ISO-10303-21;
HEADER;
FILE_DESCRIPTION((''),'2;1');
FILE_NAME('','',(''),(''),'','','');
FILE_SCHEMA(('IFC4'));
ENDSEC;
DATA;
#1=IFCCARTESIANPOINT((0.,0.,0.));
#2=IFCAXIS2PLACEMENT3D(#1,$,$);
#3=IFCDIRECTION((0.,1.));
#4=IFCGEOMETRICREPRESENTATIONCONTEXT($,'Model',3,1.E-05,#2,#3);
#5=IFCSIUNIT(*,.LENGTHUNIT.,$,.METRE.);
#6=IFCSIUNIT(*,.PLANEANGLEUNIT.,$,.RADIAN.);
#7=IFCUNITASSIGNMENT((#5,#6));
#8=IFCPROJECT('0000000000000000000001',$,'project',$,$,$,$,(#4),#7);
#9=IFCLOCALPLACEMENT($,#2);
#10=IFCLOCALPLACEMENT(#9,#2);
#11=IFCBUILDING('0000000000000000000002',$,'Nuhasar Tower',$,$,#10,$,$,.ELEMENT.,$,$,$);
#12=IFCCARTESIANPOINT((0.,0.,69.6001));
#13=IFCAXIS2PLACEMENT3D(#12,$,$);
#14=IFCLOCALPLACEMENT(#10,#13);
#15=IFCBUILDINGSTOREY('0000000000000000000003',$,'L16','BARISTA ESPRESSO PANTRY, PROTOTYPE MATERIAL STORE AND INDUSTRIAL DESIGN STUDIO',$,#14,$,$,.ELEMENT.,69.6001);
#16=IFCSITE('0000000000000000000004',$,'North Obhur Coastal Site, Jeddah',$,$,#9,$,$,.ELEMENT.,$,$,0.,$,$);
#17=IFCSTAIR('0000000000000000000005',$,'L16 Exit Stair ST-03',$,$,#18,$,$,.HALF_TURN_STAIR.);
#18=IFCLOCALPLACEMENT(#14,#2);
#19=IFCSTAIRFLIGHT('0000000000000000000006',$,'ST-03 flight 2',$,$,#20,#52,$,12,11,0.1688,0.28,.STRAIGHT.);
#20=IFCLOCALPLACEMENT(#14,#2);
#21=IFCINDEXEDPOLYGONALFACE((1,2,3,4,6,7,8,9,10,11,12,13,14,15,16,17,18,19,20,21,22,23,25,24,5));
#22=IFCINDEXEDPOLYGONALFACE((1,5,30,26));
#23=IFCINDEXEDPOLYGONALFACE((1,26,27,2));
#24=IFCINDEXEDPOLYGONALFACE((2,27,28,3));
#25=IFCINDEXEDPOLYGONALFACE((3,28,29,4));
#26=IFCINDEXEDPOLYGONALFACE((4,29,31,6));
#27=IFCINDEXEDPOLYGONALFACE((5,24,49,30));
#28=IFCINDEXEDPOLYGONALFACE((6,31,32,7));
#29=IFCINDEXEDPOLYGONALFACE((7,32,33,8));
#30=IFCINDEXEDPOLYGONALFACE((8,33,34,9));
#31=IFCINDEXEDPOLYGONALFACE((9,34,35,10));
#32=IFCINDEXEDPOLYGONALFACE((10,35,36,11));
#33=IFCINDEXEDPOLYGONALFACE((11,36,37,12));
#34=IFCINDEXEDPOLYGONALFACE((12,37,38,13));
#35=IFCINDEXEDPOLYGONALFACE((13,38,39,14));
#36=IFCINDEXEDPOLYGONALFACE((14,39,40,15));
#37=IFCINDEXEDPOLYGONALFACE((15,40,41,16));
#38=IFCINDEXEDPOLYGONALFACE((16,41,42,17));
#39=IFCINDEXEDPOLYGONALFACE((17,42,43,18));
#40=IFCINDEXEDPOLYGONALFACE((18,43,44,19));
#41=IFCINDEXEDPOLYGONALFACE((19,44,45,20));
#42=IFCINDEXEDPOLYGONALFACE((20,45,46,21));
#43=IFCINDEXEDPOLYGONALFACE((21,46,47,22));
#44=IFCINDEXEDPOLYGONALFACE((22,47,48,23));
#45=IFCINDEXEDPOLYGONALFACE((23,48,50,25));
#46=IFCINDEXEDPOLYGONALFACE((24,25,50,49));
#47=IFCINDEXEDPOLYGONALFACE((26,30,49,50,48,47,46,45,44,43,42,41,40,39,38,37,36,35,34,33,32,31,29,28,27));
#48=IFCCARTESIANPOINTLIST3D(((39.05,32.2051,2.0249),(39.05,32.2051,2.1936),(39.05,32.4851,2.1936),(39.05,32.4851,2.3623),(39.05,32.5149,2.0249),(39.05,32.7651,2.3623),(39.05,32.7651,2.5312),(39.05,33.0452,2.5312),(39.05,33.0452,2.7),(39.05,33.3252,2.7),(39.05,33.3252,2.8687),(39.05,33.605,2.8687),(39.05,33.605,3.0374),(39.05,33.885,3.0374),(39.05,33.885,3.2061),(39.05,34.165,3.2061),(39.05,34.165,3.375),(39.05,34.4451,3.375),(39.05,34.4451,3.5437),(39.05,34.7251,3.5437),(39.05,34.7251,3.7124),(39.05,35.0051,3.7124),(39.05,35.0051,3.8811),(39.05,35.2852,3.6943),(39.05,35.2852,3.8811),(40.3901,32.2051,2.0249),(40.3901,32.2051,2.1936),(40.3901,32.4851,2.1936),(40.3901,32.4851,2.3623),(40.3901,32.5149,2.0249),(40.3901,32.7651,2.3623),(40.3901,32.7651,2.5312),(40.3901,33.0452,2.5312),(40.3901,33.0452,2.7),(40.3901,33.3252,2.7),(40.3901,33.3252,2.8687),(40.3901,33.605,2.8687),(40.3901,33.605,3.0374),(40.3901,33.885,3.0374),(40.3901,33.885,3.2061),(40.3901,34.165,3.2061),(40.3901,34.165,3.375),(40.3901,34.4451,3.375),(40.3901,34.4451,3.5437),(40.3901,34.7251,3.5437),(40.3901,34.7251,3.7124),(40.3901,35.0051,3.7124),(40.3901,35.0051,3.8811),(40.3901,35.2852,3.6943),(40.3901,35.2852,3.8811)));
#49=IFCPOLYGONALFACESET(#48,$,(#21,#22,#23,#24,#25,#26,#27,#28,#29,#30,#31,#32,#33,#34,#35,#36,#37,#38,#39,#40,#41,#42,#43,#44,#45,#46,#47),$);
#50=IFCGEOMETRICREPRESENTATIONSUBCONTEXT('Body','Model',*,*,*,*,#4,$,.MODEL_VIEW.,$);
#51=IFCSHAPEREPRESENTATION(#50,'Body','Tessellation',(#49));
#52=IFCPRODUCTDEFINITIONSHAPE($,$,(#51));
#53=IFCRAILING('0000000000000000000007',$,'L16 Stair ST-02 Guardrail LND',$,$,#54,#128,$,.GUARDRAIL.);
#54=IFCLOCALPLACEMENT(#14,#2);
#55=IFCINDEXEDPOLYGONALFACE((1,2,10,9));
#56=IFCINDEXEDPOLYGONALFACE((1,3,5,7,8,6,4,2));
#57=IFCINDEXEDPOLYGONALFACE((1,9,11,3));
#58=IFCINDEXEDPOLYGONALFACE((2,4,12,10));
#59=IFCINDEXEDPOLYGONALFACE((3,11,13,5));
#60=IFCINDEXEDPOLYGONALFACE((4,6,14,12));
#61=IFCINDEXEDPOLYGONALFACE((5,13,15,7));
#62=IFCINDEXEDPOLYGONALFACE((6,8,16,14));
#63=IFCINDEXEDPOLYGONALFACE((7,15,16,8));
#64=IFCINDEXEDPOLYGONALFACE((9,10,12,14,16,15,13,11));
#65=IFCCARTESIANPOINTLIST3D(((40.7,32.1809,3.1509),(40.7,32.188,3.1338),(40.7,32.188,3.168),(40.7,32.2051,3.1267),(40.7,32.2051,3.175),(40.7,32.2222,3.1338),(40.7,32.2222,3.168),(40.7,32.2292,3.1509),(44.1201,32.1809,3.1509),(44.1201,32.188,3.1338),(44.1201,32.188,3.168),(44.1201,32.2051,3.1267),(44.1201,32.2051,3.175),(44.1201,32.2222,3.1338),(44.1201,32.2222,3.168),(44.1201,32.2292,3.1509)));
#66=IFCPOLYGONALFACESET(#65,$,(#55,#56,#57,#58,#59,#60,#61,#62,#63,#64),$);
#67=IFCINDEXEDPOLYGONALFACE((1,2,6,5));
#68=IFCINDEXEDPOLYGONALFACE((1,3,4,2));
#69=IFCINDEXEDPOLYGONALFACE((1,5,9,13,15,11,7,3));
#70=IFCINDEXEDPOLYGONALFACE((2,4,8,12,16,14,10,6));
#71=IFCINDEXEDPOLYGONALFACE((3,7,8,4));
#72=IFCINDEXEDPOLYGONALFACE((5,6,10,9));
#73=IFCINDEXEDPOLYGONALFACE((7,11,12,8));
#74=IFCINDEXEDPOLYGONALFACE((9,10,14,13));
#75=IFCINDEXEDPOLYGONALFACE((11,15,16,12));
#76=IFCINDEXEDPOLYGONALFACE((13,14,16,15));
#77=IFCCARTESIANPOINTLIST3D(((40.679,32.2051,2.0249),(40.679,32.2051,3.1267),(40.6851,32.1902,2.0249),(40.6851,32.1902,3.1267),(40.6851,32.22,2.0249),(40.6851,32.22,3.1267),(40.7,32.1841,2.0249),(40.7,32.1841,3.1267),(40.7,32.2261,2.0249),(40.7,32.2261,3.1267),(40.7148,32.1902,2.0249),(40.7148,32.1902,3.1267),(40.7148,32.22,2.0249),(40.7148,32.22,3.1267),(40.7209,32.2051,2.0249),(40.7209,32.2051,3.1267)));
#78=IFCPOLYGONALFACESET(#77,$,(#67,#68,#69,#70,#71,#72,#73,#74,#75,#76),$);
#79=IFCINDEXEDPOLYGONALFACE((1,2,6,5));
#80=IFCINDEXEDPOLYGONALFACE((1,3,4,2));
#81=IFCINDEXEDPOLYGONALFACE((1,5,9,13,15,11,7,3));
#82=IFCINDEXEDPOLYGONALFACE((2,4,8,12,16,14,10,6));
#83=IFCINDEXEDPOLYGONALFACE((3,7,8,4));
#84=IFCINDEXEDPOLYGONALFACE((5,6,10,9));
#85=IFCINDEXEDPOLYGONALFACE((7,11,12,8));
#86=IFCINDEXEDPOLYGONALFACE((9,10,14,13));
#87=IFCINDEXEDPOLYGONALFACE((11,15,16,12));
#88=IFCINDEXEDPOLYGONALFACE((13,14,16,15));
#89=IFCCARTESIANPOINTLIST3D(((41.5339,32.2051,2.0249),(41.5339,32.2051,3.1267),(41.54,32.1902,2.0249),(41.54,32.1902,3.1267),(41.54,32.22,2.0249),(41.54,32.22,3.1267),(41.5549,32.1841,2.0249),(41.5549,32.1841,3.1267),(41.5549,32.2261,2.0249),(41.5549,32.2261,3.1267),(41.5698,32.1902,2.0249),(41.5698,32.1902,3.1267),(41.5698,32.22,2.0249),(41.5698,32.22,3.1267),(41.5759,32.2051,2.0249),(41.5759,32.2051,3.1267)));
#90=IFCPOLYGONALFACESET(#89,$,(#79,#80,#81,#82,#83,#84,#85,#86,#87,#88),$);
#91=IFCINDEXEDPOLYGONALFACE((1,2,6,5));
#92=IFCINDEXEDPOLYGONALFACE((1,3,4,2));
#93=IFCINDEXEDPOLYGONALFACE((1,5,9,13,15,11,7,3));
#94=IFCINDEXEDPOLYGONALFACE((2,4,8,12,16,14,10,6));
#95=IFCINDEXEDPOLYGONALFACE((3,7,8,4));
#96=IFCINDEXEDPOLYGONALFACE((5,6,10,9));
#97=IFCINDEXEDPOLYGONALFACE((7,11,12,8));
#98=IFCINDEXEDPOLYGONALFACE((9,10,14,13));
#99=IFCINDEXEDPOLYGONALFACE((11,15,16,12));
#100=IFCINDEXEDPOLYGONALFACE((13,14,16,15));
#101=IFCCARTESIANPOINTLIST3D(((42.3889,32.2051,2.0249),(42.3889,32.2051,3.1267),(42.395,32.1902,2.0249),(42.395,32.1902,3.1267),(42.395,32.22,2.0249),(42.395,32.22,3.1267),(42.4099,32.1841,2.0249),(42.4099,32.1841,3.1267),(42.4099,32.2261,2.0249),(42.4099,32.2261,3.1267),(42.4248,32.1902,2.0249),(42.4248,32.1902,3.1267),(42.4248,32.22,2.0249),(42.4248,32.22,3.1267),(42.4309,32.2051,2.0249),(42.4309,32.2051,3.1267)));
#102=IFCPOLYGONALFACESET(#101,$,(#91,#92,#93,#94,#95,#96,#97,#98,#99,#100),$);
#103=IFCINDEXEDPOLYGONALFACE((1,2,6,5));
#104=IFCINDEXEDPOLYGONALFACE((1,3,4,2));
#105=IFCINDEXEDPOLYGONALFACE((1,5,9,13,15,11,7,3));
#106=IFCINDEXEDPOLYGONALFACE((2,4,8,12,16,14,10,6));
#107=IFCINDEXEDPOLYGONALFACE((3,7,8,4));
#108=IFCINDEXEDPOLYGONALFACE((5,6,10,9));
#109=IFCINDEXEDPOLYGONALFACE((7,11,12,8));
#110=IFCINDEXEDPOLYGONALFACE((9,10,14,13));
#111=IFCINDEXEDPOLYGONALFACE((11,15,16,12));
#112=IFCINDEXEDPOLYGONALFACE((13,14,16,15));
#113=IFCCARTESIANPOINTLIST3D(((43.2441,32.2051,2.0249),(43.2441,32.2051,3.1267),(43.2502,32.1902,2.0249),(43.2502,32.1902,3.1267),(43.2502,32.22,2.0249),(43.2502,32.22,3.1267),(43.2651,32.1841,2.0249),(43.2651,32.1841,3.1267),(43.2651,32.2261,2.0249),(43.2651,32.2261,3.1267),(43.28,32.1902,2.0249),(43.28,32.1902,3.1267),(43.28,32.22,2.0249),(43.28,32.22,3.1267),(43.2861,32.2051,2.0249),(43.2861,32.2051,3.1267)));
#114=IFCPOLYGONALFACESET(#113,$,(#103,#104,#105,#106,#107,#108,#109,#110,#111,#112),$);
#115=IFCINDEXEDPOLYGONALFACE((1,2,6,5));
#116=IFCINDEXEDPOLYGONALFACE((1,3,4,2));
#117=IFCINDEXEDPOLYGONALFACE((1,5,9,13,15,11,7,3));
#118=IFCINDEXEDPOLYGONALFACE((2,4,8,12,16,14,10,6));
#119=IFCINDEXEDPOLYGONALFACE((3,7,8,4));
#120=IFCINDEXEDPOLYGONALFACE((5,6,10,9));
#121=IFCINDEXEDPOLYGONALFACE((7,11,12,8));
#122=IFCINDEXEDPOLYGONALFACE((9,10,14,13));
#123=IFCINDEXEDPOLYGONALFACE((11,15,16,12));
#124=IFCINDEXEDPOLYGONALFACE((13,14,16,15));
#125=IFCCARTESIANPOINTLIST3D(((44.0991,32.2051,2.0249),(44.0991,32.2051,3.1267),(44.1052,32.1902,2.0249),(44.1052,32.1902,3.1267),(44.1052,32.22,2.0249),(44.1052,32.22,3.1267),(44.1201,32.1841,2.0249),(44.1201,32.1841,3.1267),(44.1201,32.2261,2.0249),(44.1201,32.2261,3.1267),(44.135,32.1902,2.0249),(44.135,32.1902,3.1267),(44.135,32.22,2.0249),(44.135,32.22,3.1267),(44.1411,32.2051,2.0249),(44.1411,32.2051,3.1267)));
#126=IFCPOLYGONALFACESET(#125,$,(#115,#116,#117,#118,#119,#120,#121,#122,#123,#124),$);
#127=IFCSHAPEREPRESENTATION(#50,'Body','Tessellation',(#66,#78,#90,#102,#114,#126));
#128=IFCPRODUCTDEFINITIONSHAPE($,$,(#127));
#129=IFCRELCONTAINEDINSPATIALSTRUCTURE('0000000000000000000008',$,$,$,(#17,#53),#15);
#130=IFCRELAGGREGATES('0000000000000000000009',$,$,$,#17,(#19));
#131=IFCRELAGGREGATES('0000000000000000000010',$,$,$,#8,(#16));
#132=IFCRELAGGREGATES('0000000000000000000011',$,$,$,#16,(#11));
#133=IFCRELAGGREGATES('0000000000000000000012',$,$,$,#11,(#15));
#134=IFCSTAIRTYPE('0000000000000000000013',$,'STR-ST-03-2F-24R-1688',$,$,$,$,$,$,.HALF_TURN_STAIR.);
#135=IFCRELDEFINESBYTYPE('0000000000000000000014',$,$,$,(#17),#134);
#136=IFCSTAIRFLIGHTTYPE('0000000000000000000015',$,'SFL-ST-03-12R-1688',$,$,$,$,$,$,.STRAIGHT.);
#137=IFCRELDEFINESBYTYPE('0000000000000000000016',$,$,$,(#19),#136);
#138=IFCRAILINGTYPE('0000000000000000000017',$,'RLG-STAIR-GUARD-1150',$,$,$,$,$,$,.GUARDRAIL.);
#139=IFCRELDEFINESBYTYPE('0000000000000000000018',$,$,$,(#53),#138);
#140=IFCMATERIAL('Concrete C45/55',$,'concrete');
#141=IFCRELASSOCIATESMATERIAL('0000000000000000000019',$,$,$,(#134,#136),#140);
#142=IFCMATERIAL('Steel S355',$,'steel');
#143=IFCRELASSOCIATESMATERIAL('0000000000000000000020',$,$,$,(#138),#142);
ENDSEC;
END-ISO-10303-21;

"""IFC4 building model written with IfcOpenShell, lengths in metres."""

from ifc_helpers import new_model, si_unit, direction, frame, origin, place, context, subcontext, project, spatial, polyline, outline, extrude, material, type_object, element, aggregate, save


model = new_model("IFC4")

# Units and contexts
model_context = context("Model", 3, precision=1e-05, world=origin(), true_north=direction((0.0, 1.0)))
body_context = subcontext(model_context, "Body", "Model", "MODEL_VIEW")
ifc_project = project(units=[si_unit("LENGTHUNIT", "METRE"), si_unit("PLANEANGLEUNIT", "RADIAN")], contexts=[model_context])

# Site, building, storey
site_placement = place(None, origin())
site = spatial("IfcSite", under=ifc_project, at=site_placement, Name="North Obhur Coastal Site, Jeddah", CompositionType="ELEMENT", RefElevation=0.0)
building_placement = place(site_placement, origin())
building = spatial("IfcBuilding", under=site, at=building_placement, Name="Nuhasar Tower", CompositionType="ELEMENT")
storey_placement = place(building_placement, frame((0.0, 0.0, 69.6001)))
storey = spatial("IfcBuildingStorey", under=building, at=storey_placement, Name="L16", Description="BARISTA ESPRESSO PANTRY, PROTOTYPE MATERIAL STORE AND INDUSTRIAL DESIGN STUDIO", CompositionType="ELEMENT", Elevation=69.6001)

# Shared definitions
ifc_material_1 = material(Name="Steel S355", Category="steel")

# Shared definitions
ifc_material_2 = material(Name="Concrete C45/55", Category="concrete")

# Stair, stair flight
stair_type_1 = type_object("IfcStairType", Name="STR-ST-03-2F-24R-1688", PredefinedType="HALF_TURN_STAIR", material=ifc_material_2)
stair_1_placement = place(storey_placement, origin())
stair_1 = element("IfcStair", 1, at=stair_1_placement, inside=storey, type_object=stair_type_1, Name="L16 Exit Stair ST-03", PredefinedType="HALF_TURN_STAIR")
stair_flight_type_1 = type_object("IfcStairFlightType", Name="SFL-ST-03-12R-1688", PredefinedType="STRAIGHT", material=ifc_material_2)
stair_flight_1_placement = place(storey_placement, frame((39.72, 32.2051, 2.0249), z_axis=(0.0, 0.0, 1.0), x_axis=(0.0, 1.0, 0.0)))
stair_flight_1 = element("IfcStairFlight", 2, at=stair_flight_1_placement, type_object=stair_flight_type_1, Name="ST-03 flight 2", NumberOfRisers=12, NumberOfTreads=11, PredefinedType="STRAIGHT", RiserHeight=0.1688, TreadLength=0.28, context=body_context, shape_type="SweptSolid", body=[
    extrude(outline(polyline([(0.0, 0.0), (0.0, 0.1687), (0.28, 0.1687), (0.28, 0.3374), (0.5601, 0.3374), (0.5601, 0.5063), (0.8401, 0.5063), (0.8401, 0.675), (1.1201, 0.675), (1.1201, 0.8438), (1.3999, 0.8438), (1.3999, 1.0125), (1.6799, 1.0125), (1.6799, 1.1812), (1.96, 1.1812), (1.96, 1.3501), (2.24, 1.3501), (2.24, 1.5188), (2.52, 1.5188), (2.52, 1.6875), (2.8, 1.6875), (2.8, 1.8562), (3.0801, 1.8562), (3.0801, 2.0249), (3.0801, 1.6694), (0.3098, 0.0), (0.0, 0.0)])), frame((0.0, 0.6699, 0.0), z_axis=(0.0, -1.0, 0.0), x_axis=(1.0, 0.0, 0.0)), (0.0, 0.0, 1.0), 1.3401),
])
aggregate(stair_1, [stair_flight_1])

# Railing
railing_type_1 = type_object("IfcRailingType", Name="RLG-STAIR-GUARD-1150", PredefinedType="GUARDRAIL", material=ifc_material_1)
railing_1_placement = place(storey_placement, frame((40.7, 32.2051, 2.0249)))
element("IfcRailing", 3, at=railing_1_placement, inside=storey, type_object=railing_type_1, Name="L16 Stair ST-02 Guardrail LND", PredefinedType="GUARDRAIL", context=body_context, shape_type="SweptSolid", body=[
    extrude(outline(polyline([(0.0242, 0.0), (0.0171, 0.0171), (0.0, 0.0242), (-0.0171, 0.0171), (-0.0242, 0.0), (-0.0171, -0.0171), (0.0, -0.0242), (0.0171, -0.0171), (0.0242, 0.0)])), frame((0.0, 0.0, 1.126), z_axis=(1.0, 0.0, 0.0), x_axis=(0.0, 1.0, 0.0)), (0.0, 0.0, 1.0), 3.4202),
    extrude(outline(polyline([(0.021, 0.0), (0.0149, 0.0149), (0.0, 0.021), (-0.0149, 0.0149), (-0.021, 0.0), (-0.0149, -0.0149), (0.0, -0.021), (0.0149, -0.0149), (0.021, 0.0)])), origin(), (0.0, 0.0, 1.0), 1.1018),
    extrude(outline(polyline([(0.021, 0.0), (0.0149, 0.0149), (0.0, 0.021), (-0.0149, 0.0149), (-0.021, 0.0), (-0.0149, -0.0149), (0.0, -0.021), (0.0149, -0.0149), (0.021, 0.0)])), frame((0.855, 0.0, 0.0)), (0.0, 0.0, 1.0), 1.1018),
    extrude(outline(polyline([(0.021, 0.0), (0.0149, 0.0149), (0.0, 0.021), (-0.0149, 0.0149), (-0.021, 0.0), (-0.0149, -0.0149), (0.0, -0.021), (0.0149, -0.0149), (0.021, 0.0)])), frame((1.71, 0.0, 0.0)), (0.0, 0.0, 1.0), 1.1018),
    extrude(outline(polyline([(0.021, 0.0), (0.0149, 0.0149), (0.0, 0.021), (-0.0149, 0.0149), (-0.021, 0.0), (-0.0149, -0.0149), (0.0, -0.021), (0.0149, -0.0149), (0.021, 0.0)])), frame((2.5652, 0.0, 0.0)), (0.0, 0.0, 1.0), 1.1018),
    extrude(outline(polyline([(0.021, 0.0), (0.0149, 0.0149), (0.0, 0.021), (-0.0149, 0.0149), (-0.021, 0.0), (-0.0149, -0.0149), (0.0, -0.021), (0.0149, -0.0149), (0.021, 0.0)])), frame((3.4202, 0.0, 0.0)), (0.0, 0.0, 1.0), 1.1018),
])

save(model, "model.ifc")
